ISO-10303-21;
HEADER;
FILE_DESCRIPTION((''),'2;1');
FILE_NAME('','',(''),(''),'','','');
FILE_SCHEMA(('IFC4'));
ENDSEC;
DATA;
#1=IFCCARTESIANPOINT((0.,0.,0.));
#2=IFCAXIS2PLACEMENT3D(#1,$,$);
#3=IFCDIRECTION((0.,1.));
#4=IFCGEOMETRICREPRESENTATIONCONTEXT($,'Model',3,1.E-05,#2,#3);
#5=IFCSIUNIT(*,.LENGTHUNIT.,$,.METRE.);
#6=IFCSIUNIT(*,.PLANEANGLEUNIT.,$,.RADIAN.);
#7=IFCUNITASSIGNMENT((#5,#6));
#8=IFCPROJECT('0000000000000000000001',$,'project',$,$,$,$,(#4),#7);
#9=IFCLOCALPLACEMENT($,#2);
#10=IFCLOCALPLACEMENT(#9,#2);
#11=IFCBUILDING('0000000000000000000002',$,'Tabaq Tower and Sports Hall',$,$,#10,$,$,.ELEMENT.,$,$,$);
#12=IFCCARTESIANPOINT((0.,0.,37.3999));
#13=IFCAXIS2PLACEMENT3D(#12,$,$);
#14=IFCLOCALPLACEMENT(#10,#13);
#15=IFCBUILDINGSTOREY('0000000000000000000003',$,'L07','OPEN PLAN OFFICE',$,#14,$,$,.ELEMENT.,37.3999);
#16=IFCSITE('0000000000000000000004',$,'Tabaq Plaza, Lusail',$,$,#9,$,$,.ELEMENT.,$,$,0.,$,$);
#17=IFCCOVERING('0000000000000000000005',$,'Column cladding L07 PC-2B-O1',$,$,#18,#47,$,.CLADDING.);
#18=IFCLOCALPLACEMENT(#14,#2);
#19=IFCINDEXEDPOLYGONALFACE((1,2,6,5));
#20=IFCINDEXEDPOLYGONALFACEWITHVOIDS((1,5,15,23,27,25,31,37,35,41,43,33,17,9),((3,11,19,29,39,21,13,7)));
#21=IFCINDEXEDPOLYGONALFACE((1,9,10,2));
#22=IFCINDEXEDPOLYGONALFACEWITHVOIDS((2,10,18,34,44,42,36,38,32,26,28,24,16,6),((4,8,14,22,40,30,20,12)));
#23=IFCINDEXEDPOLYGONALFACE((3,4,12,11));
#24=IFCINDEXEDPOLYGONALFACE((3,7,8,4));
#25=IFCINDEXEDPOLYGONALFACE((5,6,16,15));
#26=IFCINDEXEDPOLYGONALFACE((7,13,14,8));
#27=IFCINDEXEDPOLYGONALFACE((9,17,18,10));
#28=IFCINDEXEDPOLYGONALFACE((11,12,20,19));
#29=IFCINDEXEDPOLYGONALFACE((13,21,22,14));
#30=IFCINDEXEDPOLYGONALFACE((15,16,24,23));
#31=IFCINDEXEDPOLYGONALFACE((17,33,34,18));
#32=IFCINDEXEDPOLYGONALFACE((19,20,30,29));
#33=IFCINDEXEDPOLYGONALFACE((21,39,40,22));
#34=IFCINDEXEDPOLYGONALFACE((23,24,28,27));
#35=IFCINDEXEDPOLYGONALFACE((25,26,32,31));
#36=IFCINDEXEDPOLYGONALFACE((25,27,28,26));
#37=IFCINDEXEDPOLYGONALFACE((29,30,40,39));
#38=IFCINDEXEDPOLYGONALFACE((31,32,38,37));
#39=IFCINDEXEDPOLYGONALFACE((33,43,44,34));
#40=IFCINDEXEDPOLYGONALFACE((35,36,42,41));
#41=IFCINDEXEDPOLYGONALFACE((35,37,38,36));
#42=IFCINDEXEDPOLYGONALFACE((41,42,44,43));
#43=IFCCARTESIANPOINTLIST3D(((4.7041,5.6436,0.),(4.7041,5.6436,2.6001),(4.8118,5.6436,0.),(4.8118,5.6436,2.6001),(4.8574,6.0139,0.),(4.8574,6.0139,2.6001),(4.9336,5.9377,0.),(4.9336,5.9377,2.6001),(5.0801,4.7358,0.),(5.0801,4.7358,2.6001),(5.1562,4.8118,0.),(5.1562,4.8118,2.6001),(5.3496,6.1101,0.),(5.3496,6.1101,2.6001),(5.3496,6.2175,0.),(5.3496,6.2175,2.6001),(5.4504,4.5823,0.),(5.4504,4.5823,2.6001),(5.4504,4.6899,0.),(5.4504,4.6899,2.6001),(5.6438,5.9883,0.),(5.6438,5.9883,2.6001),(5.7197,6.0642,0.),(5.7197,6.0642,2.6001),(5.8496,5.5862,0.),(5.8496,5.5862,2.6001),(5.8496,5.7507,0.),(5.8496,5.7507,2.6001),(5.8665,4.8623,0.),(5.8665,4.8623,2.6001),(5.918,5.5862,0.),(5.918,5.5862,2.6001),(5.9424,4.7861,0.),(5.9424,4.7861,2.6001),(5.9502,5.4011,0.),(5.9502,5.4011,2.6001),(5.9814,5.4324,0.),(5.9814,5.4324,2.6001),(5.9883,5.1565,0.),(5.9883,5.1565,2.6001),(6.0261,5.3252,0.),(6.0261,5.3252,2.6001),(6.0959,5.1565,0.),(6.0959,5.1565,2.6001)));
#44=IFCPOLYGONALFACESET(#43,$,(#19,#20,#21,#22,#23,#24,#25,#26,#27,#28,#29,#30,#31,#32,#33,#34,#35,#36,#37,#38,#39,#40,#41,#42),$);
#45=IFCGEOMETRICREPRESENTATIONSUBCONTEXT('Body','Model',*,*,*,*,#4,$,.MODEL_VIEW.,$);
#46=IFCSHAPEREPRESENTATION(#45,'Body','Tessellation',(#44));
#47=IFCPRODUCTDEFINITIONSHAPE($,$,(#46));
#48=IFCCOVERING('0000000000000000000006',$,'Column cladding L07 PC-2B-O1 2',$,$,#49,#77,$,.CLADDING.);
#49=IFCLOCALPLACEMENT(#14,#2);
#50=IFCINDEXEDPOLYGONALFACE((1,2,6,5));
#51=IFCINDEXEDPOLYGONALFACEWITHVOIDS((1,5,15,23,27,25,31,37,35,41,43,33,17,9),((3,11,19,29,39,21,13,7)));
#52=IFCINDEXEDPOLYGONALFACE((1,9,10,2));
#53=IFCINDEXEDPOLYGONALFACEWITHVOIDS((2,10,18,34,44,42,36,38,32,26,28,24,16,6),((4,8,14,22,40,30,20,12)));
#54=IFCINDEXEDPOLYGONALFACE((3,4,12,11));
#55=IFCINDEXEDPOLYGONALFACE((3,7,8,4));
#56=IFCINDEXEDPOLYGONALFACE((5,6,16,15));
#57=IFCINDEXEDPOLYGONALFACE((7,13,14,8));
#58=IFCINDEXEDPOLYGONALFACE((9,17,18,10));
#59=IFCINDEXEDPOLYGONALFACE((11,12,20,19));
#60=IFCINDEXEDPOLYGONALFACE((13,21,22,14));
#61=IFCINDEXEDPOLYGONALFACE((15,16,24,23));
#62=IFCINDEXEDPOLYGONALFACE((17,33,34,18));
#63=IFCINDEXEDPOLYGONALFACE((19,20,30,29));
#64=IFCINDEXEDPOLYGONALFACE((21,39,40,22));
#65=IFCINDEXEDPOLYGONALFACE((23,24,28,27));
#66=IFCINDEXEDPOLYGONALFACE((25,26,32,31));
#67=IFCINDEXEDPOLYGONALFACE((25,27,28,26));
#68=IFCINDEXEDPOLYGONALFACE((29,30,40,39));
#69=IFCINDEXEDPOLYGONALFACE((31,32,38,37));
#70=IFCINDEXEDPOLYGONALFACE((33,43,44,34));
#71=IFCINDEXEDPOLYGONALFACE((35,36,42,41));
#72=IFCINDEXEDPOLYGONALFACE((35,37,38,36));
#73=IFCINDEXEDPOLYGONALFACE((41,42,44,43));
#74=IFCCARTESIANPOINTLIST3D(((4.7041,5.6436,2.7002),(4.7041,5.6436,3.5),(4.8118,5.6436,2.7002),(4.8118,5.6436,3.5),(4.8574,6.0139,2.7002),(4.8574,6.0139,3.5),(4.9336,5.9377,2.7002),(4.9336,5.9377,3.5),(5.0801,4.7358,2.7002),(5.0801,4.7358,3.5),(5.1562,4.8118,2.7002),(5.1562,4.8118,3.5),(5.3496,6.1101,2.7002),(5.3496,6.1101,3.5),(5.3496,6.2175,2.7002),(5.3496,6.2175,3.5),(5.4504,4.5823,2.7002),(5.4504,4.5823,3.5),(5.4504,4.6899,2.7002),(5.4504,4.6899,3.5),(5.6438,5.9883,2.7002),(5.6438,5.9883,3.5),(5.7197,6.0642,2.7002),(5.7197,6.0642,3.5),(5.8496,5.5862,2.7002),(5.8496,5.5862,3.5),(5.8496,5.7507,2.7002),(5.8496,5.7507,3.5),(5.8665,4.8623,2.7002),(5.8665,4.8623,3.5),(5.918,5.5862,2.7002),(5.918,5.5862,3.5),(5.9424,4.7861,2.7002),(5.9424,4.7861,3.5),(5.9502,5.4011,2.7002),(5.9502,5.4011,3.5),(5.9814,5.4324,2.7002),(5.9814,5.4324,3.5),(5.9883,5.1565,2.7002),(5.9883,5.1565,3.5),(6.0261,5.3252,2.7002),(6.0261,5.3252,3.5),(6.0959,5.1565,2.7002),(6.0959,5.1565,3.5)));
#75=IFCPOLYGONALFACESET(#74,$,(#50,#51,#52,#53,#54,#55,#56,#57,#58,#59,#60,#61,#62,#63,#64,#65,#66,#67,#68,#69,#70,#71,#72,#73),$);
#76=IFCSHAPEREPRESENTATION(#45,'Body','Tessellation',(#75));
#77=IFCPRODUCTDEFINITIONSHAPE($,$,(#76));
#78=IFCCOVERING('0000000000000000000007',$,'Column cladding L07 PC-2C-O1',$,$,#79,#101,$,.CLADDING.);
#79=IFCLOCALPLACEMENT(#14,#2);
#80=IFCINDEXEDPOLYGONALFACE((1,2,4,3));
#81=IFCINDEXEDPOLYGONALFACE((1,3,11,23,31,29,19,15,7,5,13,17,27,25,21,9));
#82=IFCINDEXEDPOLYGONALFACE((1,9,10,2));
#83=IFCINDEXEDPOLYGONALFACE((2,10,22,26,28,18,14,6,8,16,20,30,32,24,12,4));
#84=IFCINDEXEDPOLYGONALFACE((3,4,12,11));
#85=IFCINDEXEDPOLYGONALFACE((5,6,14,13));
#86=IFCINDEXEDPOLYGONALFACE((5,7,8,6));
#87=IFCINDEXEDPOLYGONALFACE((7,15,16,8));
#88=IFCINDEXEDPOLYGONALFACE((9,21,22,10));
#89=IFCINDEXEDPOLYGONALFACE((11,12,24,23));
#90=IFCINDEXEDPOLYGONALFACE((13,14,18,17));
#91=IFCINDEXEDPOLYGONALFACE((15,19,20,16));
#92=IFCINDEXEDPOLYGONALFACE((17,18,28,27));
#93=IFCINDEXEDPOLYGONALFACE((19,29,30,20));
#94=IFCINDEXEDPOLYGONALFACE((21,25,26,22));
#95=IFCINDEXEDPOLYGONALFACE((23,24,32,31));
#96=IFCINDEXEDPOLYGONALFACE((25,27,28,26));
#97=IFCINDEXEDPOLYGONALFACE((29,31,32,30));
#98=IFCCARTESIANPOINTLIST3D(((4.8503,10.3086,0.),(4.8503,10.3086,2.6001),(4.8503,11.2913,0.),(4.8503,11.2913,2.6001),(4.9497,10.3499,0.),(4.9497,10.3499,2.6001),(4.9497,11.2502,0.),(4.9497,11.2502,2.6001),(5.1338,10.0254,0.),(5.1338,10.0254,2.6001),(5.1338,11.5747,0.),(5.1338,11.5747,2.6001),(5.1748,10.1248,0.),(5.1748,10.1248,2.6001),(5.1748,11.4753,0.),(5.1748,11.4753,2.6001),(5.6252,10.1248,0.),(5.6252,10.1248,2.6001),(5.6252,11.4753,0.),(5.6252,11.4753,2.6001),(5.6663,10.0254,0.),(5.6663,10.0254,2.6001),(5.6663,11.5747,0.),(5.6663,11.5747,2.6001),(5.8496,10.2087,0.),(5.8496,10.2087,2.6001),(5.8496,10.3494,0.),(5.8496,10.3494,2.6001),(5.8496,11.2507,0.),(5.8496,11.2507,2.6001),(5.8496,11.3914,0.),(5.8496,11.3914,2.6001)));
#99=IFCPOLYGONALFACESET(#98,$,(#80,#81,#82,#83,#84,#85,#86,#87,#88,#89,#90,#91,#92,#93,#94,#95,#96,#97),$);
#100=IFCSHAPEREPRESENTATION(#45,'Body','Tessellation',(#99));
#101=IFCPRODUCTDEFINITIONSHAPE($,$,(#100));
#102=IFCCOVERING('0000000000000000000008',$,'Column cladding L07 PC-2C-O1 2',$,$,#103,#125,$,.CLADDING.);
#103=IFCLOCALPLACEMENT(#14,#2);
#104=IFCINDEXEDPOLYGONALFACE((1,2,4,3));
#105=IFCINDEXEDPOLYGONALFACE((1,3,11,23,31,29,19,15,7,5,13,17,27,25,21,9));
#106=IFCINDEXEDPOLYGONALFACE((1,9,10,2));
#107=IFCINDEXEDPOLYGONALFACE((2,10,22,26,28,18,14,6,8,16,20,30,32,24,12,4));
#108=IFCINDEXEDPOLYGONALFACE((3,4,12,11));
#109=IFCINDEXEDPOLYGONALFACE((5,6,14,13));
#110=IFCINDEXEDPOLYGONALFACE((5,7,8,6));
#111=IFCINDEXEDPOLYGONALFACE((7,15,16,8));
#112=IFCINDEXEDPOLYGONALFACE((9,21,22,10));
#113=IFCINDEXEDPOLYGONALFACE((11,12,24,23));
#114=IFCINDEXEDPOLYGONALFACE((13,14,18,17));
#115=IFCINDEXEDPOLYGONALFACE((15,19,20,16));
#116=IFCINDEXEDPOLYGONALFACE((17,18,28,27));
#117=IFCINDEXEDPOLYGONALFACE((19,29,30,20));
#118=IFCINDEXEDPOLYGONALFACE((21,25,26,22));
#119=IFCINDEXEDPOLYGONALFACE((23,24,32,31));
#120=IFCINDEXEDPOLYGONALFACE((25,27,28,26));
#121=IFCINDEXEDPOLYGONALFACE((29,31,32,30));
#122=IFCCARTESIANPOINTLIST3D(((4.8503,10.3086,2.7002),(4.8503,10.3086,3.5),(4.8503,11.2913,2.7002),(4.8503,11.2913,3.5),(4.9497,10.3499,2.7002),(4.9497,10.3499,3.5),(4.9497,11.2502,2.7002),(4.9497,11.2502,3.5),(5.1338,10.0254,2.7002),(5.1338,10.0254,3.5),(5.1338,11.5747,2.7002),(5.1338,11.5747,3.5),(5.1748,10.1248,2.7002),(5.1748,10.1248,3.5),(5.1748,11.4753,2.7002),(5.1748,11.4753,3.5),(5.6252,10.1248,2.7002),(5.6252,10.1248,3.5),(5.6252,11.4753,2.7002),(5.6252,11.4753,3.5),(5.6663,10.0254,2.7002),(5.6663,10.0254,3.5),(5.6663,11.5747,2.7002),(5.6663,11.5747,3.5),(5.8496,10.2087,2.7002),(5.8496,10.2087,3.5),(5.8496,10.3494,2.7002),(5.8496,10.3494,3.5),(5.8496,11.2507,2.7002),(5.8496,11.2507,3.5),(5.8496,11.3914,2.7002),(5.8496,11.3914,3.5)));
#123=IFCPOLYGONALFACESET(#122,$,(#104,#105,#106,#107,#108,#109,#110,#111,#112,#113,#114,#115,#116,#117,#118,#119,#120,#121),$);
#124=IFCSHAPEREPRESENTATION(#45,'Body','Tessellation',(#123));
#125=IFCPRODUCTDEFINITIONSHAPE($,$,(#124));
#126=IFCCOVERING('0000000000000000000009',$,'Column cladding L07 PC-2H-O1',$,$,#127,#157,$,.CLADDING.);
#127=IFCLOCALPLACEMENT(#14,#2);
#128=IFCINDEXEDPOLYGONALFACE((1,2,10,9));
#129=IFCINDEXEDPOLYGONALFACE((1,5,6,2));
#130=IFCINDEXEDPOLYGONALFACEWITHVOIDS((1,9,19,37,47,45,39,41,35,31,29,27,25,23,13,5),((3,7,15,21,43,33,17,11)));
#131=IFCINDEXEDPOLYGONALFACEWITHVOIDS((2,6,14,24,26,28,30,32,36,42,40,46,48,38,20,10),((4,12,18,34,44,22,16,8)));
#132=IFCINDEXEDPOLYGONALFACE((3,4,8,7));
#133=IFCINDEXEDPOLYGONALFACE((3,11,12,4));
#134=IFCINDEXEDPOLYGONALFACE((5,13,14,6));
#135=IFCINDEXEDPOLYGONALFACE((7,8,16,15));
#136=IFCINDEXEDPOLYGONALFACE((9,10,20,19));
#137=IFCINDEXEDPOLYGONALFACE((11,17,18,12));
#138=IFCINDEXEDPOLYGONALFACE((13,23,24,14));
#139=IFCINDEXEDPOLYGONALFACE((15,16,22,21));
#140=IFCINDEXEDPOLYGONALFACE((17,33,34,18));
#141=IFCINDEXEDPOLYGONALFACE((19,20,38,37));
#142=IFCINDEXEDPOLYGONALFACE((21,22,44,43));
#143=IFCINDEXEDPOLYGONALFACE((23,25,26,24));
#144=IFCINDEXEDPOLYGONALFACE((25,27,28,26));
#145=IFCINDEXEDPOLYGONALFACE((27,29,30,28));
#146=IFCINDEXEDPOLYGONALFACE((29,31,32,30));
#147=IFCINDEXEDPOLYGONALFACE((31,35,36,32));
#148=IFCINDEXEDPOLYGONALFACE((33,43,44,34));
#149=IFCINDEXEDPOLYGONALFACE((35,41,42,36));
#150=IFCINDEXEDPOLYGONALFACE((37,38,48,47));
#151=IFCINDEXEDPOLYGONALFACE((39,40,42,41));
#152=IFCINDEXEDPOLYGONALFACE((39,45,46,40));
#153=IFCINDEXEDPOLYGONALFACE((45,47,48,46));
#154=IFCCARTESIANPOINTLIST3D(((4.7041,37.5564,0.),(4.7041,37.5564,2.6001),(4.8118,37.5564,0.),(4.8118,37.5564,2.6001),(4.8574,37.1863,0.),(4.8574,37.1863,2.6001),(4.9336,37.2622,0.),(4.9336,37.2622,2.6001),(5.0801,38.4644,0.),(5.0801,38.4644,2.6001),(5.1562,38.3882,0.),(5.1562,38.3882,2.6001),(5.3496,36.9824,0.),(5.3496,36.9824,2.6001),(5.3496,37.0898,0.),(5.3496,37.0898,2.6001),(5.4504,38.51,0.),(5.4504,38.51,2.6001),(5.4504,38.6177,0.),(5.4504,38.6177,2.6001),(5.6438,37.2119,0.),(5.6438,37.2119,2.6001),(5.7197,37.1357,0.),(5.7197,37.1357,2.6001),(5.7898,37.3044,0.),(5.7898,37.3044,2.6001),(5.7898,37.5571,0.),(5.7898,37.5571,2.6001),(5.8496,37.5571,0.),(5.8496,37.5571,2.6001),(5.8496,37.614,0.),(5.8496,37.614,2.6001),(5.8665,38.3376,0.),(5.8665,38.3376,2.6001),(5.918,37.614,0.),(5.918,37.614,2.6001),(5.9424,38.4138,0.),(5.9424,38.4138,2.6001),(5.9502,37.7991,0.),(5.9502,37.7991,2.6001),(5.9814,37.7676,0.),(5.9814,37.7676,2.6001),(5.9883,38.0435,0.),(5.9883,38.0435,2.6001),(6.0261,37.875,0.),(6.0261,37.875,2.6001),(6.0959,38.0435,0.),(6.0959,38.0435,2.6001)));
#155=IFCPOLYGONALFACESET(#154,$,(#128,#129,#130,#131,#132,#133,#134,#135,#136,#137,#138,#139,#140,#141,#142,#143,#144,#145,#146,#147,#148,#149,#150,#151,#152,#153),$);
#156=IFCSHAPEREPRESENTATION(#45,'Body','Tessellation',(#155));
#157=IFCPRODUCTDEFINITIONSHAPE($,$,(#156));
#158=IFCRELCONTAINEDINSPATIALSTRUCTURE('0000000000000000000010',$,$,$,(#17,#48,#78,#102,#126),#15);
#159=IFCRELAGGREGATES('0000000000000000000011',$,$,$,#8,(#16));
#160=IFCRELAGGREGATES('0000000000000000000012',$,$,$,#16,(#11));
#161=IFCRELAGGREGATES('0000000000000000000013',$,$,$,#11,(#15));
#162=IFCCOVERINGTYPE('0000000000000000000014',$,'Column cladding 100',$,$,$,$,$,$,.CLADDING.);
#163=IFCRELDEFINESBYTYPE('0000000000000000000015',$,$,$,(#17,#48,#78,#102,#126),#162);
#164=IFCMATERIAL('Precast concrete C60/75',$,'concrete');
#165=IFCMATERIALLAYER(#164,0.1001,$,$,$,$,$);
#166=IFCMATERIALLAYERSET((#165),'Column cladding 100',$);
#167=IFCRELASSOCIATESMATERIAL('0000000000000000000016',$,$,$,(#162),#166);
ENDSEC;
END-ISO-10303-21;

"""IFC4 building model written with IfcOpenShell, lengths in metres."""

from ifc_helpers import new_model, si_unit, direction, frame, origin, place, context, subcontext, project, spatial, polyline, outline, extrude, material, layer, layer_set, type_object, element, save


model = new_model("IFC4")

# Units and contexts
model_context = context("Model", 3, precision=1e-05, world=origin(), true_north=direction((0.0, 1.0)))
body_context = subcontext(model_context, "Body", "Model", "MODEL_VIEW")
ifc_project = project(units=[si_unit("LENGTHUNIT", "METRE"), si_unit("PLANEANGLEUNIT", "RADIAN")], contexts=[model_context])

# Site, building, storey
site_placement = place(None, origin())
site = spatial("IfcSite", under=ifc_project, at=site_placement, Name="Tabaq Plaza, Lusail", CompositionType="ELEMENT", RefElevation=0.0)
building_placement = place(site_placement, origin())
building = spatial("IfcBuilding", under=site, at=building_placement, Name="Tabaq Tower and Sports Hall", CompositionType="ELEMENT")
storey_placement = place(building_placement, frame((0.0, 0.0, 37.3999)))
storey = spatial("IfcBuildingStorey", under=building, at=storey_placement, Name="L07", Description="OPEN PLAN OFFICE", CompositionType="ELEMENT", Elevation=37.3999)

# Coverings
ifc_material_1 = material(Name="Precast concrete C60/75", Category="concrete")
ifc_layer_1 = layer(ifc_material_1, 0.1001)
ifc_layer_set_1 = layer_set([ifc_layer_1], Name="Column cladding 100")
covering_type = type_object("IfcCoveringType", Name="Column cladding 100", PredefinedType="CLADDING", material=ifc_layer_set_1)
covering_1_placement = place(storey_placement, origin())
element("IfcCovering", 1, at=covering_1_placement, inside=storey, type_object=covering_type, Name="Column cladding L07 PC-2B-O1", PredefinedType="CLADDING", context=body_context, shape_type="SweptSolid", body=[
    extrude(outline(polyline([(5.4504, 4.5823), (5.0801, 4.7358), (4.7041, 5.6436), (4.8574, 6.0139), (5.3496, 6.2175), (5.7197, 6.0642), (5.8496, 5.7507), (5.8496, 5.5862), (5.918, 5.5862), (5.9814, 5.4324), (5.9502, 5.4011), (6.0261, 5.3252), (6.0959, 5.1565), (5.9424, 4.7861), (5.4504, 4.5823)]), holes=[polyline([(5.3496, 6.1101), (4.9336, 5.9377), (4.8118, 5.6436), (5.1562, 4.8118), (5.4504, 4.6899), (5.8665, 4.8623), (5.9883, 5.1565), (5.6438, 5.9883), (5.3496, 6.1101)])]), origin(), (0.0, 0.0, 1.0), 2.6001),
])
covering_2_placement = place(storey_placement, frame((0.0, 0.0, 2.7002)))
element("IfcCovering", 2, at=covering_2_placement, inside=storey, type_object=covering_type, Name="Column cladding L07 PC-2B-O1 2", PredefinedType="CLADDING", context=body_context, shape_type="SweptSolid", body=[
    extrude(outline(polyline([(5.4504, 4.5823), (5.0801, 4.7358), (4.7041, 5.6436), (4.8574, 6.0139), (5.3496, 6.2175), (5.7197, 6.0642), (5.8496, 5.7507), (5.8496, 5.5862), (5.918, 5.5862), (5.9814, 5.4324), (5.9502, 5.4011), (6.0261, 5.3252), (6.0959, 5.1565), (5.9424, 4.7861), (5.4504, 4.5823)]), holes=[polyline([(5.3496, 6.1101), (4.9336, 5.9377), (4.8118, 5.6436), (5.1562, 4.8118), (5.4504, 4.6899), (5.8665, 4.8623), (5.9883, 5.1565), (5.6438, 5.9883), (5.3496, 6.1101)])]), origin(), (0.0, 0.0, 1.0), 0.7998),
])
covering_3_placement = place(storey_placement, origin())
element("IfcCovering", 3, at=covering_3_placement, inside=storey, type_object=covering_type, Name="Column cladding L07 PC-2C-O1", PredefinedType="CLADDING", context=body_context, shape_type="SweptSolid", body=[
    extrude(outline(polyline([(5.1338, 10.0254), (4.8503, 10.3086), (4.8503, 11.2913), (5.1338, 11.5747), (5.6663, 11.5747), (5.8496, 11.3914), (5.8496, 11.2507), (5.6252, 11.4753), (5.1748, 11.4753), (4.9497, 11.2502), (4.9497, 10.3499), (5.1748, 10.1248), (5.6252, 10.1248), (5.8496, 10.3494), (5.8496, 10.2087), (5.6663, 10.0254), (5.1338, 10.0254)])), origin(), (0.0, 0.0, 1.0), 2.6001),
])
covering_4_placement = place(storey_placement, frame((0.0, 0.0, 2.7002)))
element("IfcCovering", 4, at=covering_4_placement, inside=storey, type_object=covering_type, Name="Column cladding L07 PC-2C-O1 2", PredefinedType="CLADDING", context=body_context, shape_type="SweptSolid", body=[
    extrude(outline(polyline([(5.1338, 10.0254), (4.8503, 10.3086), (4.8503, 11.2913), (5.1338, 11.5747), (5.6663, 11.5747), (5.8496, 11.3914), (5.8496, 11.2507), (5.6252, 11.4753), (5.1748, 11.4753), (4.9497, 11.2502), (4.9497, 10.3499), (5.1748, 10.1248), (5.6252, 10.1248), (5.8496, 10.3494), (5.8496, 10.2087), (5.6663, 10.0254), (5.1338, 10.0254)])), origin(), (0.0, 0.0, 1.0), 0.7998),
])
covering_5_placement = place(storey_placement, origin())
element("IfcCovering", 5, at=covering_5_placement, inside=storey, type_object=covering_type, Name="Column cladding L07 PC-2H-O1", PredefinedType="CLADDING", context=body_context, shape_type="SweptSolid", body=[
    extrude(outline(polyline([(4.8574, 37.1863), (4.7041, 37.5564), (5.0801, 38.4644), (5.4504, 38.6177), (5.9424, 38.4138), (6.0959, 38.0435), (6.0261, 37.875), (5.9502, 37.7991), (5.9814, 37.7676), (5.918, 37.614), (5.8496, 37.614), (5.8496, 37.5571), (5.7898, 37.5571), (5.7898, 37.3044), (5.7197, 37.1357), (5.3496, 36.9824), (4.8574, 37.1863)]), holes=[polyline([(5.8665, 38.3376), (5.4504, 38.51), (5.1562, 38.3882), (4.8118, 37.5564), (4.9336, 37.2622), (5.3496, 37.0898), (5.6438, 37.2119), (5.9883, 38.0435), (5.8665, 38.3376)])]), origin(), (0.0, 0.0, 1.0), 2.6001),
])

save(model, "model.ifc")
